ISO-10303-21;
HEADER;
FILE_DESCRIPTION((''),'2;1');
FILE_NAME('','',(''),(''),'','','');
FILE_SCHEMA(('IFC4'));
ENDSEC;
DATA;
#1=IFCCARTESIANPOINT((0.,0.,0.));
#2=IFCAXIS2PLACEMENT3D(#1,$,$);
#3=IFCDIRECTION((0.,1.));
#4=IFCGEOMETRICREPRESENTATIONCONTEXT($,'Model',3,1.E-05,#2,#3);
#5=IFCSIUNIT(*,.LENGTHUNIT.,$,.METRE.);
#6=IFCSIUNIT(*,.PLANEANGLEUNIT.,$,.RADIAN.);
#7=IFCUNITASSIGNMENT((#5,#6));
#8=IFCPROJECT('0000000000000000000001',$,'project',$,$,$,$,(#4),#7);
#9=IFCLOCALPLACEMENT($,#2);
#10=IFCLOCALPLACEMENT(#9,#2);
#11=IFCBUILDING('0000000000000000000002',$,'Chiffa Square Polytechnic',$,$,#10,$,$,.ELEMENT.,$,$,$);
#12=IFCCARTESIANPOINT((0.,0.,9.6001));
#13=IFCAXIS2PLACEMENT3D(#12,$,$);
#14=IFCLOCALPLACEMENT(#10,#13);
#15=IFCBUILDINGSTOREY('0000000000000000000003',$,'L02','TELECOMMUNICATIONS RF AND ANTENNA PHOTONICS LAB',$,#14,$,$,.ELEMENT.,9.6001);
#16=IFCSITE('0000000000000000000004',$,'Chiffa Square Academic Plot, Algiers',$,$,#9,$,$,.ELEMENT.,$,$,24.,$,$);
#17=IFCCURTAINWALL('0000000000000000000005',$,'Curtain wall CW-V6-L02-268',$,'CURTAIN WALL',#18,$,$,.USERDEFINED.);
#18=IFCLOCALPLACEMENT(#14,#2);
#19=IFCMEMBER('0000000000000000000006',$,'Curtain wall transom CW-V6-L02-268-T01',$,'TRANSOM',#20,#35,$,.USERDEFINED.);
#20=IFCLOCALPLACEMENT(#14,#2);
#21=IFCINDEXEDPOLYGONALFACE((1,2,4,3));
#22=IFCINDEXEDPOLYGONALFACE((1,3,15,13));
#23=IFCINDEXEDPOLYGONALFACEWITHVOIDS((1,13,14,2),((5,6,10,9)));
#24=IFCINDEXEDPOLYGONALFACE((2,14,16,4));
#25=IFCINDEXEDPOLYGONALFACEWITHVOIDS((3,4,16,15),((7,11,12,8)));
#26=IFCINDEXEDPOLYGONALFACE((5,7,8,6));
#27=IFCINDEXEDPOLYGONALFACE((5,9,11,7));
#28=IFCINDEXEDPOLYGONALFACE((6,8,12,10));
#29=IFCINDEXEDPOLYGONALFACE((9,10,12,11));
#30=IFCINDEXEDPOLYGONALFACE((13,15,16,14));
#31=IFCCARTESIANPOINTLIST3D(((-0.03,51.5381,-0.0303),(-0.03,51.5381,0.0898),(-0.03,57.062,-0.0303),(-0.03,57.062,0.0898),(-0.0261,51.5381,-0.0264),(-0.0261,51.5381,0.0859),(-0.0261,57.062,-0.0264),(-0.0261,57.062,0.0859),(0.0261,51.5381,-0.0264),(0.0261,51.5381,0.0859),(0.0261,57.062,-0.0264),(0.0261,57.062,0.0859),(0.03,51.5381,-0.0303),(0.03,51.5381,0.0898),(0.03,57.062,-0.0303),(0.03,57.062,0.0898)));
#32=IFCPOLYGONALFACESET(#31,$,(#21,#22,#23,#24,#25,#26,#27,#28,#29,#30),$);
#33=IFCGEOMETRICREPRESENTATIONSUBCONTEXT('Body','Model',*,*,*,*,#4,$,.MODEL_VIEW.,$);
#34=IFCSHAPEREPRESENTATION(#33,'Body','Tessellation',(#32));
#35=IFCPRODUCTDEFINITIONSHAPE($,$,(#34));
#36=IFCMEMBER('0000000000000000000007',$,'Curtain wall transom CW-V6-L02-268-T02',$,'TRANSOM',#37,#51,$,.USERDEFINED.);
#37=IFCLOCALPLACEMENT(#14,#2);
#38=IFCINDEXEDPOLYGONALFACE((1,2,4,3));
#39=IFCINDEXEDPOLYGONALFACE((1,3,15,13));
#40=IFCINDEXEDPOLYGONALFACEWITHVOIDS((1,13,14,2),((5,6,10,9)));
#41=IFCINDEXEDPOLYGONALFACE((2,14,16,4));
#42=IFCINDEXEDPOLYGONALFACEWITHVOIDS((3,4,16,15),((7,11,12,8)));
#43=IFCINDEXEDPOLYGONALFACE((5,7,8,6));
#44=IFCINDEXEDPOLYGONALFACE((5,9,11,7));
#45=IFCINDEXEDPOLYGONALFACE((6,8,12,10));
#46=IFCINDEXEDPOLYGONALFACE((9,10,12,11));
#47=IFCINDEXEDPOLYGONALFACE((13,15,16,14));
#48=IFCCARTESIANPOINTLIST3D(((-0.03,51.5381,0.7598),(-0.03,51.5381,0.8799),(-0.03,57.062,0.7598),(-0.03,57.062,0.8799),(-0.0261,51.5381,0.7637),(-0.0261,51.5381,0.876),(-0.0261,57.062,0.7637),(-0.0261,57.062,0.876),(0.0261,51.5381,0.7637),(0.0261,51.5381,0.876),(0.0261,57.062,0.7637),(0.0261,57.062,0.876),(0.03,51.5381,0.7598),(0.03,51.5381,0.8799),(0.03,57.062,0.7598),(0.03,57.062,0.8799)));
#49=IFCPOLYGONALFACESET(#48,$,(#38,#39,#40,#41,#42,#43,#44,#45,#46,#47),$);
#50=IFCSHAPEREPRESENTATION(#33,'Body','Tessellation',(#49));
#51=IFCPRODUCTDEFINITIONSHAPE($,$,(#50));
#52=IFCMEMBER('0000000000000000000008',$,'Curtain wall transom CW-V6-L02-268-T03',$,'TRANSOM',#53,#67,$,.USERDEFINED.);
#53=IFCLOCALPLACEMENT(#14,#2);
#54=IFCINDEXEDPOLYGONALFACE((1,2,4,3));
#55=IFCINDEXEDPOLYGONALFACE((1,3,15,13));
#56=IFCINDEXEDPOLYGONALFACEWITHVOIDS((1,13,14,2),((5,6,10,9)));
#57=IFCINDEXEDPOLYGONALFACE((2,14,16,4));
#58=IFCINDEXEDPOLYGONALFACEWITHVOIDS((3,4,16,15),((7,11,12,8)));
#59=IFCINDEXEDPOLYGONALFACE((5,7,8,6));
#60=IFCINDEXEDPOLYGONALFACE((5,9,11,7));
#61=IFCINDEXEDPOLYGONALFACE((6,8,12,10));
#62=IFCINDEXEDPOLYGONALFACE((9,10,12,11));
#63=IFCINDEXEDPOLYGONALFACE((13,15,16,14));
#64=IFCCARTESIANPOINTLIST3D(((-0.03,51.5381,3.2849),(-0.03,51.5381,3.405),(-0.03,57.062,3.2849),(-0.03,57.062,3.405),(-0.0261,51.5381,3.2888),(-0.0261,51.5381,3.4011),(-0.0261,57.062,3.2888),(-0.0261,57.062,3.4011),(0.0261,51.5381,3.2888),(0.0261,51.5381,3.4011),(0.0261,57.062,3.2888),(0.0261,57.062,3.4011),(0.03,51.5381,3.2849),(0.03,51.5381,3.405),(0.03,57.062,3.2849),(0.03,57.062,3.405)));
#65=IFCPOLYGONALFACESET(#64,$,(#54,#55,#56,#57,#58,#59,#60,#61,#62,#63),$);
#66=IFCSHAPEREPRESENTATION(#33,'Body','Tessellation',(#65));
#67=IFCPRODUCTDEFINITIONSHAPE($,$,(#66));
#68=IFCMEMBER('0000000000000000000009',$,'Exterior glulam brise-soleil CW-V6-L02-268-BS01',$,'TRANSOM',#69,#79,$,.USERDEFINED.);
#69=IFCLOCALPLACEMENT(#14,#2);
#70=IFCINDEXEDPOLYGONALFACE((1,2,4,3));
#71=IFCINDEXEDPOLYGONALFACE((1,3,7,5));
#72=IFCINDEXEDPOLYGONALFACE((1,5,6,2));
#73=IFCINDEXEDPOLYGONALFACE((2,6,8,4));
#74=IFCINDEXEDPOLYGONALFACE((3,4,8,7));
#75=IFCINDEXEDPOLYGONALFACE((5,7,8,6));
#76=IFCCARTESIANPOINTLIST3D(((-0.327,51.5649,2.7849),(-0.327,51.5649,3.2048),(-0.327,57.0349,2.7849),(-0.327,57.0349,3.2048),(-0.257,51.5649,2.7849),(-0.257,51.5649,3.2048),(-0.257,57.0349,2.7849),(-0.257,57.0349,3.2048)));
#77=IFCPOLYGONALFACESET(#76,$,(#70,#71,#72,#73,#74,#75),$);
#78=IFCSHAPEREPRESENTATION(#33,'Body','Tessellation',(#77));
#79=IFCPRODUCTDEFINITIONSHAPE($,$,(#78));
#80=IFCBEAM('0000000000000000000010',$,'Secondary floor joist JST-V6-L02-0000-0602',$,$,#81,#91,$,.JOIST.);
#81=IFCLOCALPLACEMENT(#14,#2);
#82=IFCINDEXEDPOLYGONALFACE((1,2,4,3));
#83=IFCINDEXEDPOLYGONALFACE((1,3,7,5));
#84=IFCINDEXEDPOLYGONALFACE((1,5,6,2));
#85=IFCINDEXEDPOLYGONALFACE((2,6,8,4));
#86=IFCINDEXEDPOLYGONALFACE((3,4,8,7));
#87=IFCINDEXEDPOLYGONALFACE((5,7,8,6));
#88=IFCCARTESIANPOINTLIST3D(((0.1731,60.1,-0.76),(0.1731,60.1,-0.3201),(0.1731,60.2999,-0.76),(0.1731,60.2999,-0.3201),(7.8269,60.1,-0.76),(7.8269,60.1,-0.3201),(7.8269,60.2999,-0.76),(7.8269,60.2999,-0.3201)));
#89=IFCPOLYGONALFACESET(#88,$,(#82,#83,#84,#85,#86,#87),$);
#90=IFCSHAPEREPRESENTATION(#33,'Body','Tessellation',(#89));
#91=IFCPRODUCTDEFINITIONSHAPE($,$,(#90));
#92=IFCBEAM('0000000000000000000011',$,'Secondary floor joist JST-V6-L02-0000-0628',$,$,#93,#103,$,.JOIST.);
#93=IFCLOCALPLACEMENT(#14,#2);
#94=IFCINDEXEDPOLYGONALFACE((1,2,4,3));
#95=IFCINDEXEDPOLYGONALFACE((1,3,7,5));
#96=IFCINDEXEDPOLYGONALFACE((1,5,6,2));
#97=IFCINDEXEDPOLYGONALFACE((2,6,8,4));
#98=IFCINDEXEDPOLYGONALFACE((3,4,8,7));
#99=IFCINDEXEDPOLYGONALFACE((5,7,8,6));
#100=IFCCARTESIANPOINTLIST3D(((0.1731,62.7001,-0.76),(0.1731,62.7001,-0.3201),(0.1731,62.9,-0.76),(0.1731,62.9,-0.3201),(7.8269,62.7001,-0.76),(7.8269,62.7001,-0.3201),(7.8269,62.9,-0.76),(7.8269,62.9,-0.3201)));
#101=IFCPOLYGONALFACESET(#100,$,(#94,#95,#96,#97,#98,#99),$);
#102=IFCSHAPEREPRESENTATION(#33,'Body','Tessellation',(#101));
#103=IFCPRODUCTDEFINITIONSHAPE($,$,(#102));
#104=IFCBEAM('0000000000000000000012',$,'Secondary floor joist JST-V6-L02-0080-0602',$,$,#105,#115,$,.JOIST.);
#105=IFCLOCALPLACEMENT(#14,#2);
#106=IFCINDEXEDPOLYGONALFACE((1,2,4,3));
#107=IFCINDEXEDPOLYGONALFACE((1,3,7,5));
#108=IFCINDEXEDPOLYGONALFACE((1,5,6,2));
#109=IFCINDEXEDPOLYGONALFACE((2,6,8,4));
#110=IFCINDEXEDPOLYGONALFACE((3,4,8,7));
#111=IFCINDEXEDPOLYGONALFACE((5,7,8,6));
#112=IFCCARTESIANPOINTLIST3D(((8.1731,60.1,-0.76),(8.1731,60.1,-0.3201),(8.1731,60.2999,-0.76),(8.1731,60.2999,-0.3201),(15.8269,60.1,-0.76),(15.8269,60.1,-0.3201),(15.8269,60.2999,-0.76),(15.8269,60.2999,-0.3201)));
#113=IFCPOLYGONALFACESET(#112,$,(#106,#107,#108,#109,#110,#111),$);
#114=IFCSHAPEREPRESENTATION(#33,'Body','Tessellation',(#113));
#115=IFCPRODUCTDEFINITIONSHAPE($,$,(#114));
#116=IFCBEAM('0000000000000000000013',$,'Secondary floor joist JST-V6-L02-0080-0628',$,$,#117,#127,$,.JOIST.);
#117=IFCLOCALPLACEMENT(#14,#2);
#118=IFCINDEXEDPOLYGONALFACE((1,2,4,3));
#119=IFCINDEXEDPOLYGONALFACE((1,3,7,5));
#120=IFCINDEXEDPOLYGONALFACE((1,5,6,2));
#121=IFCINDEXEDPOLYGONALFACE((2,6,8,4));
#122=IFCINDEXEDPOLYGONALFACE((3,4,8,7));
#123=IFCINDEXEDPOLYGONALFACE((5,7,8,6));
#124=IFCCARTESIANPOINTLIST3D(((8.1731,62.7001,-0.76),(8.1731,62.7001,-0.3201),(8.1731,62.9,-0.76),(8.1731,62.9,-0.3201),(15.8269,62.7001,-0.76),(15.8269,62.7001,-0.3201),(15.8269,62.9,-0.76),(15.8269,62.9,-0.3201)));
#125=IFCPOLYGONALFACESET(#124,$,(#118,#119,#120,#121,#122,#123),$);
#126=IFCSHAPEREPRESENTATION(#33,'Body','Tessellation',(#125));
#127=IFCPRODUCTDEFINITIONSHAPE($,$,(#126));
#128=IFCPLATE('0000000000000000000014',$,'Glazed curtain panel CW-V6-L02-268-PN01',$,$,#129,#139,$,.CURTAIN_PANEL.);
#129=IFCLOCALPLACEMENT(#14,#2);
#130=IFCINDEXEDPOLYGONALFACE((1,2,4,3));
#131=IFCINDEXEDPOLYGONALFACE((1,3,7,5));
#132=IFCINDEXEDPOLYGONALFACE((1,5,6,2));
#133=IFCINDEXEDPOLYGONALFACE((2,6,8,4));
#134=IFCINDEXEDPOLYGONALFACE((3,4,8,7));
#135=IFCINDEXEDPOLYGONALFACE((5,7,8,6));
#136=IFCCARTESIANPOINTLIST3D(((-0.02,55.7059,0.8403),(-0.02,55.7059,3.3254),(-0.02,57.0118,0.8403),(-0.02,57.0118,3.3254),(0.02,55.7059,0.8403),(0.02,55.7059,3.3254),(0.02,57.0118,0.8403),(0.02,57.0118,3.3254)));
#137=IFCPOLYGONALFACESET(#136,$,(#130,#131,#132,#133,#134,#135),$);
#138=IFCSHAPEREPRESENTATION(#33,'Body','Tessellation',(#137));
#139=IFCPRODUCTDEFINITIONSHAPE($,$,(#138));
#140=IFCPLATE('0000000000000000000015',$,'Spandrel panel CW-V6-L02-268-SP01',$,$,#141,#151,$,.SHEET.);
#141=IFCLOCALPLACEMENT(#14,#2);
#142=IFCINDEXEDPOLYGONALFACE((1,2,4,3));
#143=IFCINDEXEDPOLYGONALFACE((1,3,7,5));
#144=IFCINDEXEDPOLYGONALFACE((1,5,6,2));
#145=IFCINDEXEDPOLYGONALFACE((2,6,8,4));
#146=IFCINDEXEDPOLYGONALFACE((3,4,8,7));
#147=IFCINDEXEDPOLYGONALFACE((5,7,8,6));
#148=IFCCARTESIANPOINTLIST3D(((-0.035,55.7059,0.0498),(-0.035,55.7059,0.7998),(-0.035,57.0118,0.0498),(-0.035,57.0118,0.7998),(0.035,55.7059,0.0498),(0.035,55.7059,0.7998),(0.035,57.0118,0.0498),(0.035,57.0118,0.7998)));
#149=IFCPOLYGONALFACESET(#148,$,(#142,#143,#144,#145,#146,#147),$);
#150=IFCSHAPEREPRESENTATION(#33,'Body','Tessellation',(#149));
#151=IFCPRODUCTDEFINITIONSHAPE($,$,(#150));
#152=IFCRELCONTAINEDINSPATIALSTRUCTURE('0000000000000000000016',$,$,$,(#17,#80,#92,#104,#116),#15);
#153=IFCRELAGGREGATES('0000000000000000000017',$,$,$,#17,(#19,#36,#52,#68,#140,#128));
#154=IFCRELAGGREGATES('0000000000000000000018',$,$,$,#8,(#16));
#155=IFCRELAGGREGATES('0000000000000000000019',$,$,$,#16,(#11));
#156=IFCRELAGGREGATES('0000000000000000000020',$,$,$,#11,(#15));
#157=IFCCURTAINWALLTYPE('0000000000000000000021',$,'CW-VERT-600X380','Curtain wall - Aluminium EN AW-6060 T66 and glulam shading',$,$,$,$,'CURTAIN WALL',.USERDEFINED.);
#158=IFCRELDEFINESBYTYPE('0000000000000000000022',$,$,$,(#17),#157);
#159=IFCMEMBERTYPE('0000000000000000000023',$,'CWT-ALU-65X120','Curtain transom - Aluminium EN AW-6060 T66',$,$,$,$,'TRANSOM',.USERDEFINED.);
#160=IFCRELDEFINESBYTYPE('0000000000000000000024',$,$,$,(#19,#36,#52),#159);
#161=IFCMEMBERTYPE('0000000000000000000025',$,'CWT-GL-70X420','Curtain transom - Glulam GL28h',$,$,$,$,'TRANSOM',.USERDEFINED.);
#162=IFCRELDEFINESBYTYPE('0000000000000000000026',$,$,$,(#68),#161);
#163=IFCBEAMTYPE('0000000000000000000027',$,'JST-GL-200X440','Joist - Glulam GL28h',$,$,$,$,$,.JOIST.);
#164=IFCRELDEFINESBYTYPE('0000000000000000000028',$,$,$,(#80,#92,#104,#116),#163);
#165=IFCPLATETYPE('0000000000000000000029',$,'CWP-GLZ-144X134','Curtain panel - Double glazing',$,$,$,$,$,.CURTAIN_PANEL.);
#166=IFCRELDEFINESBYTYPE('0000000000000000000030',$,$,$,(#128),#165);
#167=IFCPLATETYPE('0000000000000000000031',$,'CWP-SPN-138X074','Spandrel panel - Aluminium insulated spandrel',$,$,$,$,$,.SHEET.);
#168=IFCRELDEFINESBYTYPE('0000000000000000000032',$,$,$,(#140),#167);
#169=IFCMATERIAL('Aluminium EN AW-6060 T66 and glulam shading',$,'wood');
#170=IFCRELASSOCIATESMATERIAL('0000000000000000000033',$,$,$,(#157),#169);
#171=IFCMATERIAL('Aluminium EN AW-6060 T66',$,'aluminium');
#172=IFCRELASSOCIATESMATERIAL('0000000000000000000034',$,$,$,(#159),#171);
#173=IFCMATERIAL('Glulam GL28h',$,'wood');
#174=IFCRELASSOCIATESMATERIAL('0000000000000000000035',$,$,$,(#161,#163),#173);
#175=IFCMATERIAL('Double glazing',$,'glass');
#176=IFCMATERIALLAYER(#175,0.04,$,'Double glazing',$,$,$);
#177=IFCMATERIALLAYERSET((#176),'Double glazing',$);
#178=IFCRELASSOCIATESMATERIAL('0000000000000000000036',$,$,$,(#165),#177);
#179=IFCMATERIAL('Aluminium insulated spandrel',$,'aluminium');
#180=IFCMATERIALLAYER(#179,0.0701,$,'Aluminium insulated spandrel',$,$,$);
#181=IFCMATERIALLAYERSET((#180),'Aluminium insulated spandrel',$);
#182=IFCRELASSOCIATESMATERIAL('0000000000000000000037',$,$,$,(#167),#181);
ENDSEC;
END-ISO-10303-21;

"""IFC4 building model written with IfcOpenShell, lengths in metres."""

from ifc_helpers import new_model, si_unit, direction, frame, origin, origin_2d, place, context, subcontext, project, spatial, rectangle, hollow_rectangle, extrude, material, layer, layer_set, material_profile, profile_set, type_object, element, aggregate, save


model = new_model("IFC4")

# Units and contexts
model_context = context("Model", 3, precision=1e-05, world=origin(), true_north=direction((0.0, 1.0)))
body_context = subcontext(model_context, "Body", "Model", "MODEL_VIEW")
ifc_project = project(units=[si_unit("LENGTHUNIT", "METRE"), si_unit("PLANEANGLEUNIT", "RADIAN")], contexts=[model_context])

# Site, building, storey
site_placement = place(None, origin())
site = spatial("IfcSite", under=ifc_project, at=site_placement, Name="Chiffa Square Academic Plot, Algiers", CompositionType="ELEMENT", RefElevation=24.0)
building_placement = place(site_placement, origin())
building = spatial("IfcBuilding", under=site, at=building_placement, Name="Chiffa Square Polytechnic", CompositionType="ELEMENT")
storey_placement = place(building_placement, frame((0.0, 0.0, 9.6001)))
storey = spatial("IfcBuildingStorey", under=building, at=storey_placement, Name="L02", Description="TELECOMMUNICATIONS RF AND ANTENNA PHOTONICS LAB", CompositionType="ELEMENT", Elevation=9.6001)

# Curtain wall, members
ifc_material_1 = material(Name="Aluminium EN AW-6060 T66 and glulam shading", Category="wood")
curtain_wall_type = type_object("IfcCurtainWallType", Name="CW-VERT-600X380", Description="Curtain wall - Aluminium EN AW-6060 T66 and glulam shading", ElementType="CURTAIN WALL", PredefinedType="USERDEFINED", material=ifc_material_1)
curtain_wall_placement = place(storey_placement, origin())
curtain_wall = element("IfcCurtainWall", 1, at=curtain_wall_placement, inside=storey, type_object=curtain_wall_type, Name="Curtain wall CW-V6-L02-268", ObjectType="CURTAIN WALL", PredefinedType="USERDEFINED")
ifc_material_2 = material(Name="Aluminium EN AW-6060 T66", Category="aluminium")
ifc_material_3 = material(Name="Glulam GL28h", Category="wood")
ifc_material_profile_1 = material_profile(ifc_material_2, hollow_rectangle(XDim=0.0601, YDim=0.1201, WallThickness=0.0039, at=origin_2d()), Name="ALU 60x120x4")
ifc_profile_set_1 = profile_set([ifc_material_profile_1], Name="Aluminium EN AW-6060 T66")
member_type_1 = type_object("IfcMemberType", Name="CWT-ALU-65X120", Description="Curtain transom - Aluminium EN AW-6060 T66", ElementType="TRANSOM", PredefinedType="USERDEFINED", material=ifc_profile_set_1)
member_1_placement = place(storey_placement, frame((0.0, 57.062, 0.0298), z_axis=(0.0, -1.0, 0.0), x_axis=(1.0, 0.0, 0.0)))
member_1 = element("IfcMember", 2, at=member_1_placement, type_object=member_type_1, Name="Curtain wall transom CW-V6-L02-268-T01", ObjectType="TRANSOM", PredefinedType="USERDEFINED", context=body_context, shape_type="SweptSolid", body=[
    extrude(hollow_rectangle(XDim=0.0601, YDim=0.1201, WallThickness=0.0039, at=origin_2d()), origin(), (0.0, 0.0, 1.0), 5.5239),
])
member_2_placement = place(storey_placement, frame((0.0, 57.062, 0.8198), z_axis=(0.0, -1.0, 0.0), x_axis=(1.0, 0.0, 0.0)))
member_2 = element("IfcMember", 3, at=member_2_placement, type_object=member_type_1, Name="Curtain wall transom CW-V6-L02-268-T02", ObjectType="TRANSOM", PredefinedType="USERDEFINED", context=body_context, shape_type="SweptSolid", body=[
    extrude(hollow_rectangle(XDim=0.0601, YDim=0.1201, WallThickness=0.0039, at=origin_2d()), origin(), (0.0, 0.0, 1.0), 5.5239),
])
member_3_placement = place(storey_placement, frame((0.0, 57.062, 3.345), z_axis=(0.0, -1.0, 0.0), x_axis=(1.0, 0.0, 0.0)))
member_3 = element("IfcMember", 4, at=member_3_placement, type_object=member_type_1, Name="Curtain wall transom CW-V6-L02-268-T03", ObjectType="TRANSOM", PredefinedType="USERDEFINED", context=body_context, shape_type="SweptSolid", body=[
    extrude(hollow_rectangle(XDim=0.0601, YDim=0.1201, WallThickness=0.0039, at=origin_2d()), origin(), (0.0, 0.0, 1.0), 5.5239),
])
ifc_material_profile_2 = material_profile(ifc_material_3, rectangle(XDim=0.0701, YDim=0.4199, at=origin_2d()), Name="GL28h 70x420")
ifc_profile_set_2 = profile_set([ifc_material_profile_2], Name="Glulam GL28h")
member_type_2 = type_object("IfcMemberType", Name="CWT-GL-70X420", Description="Curtain transom - Glulam GL28h", ElementType="TRANSOM", PredefinedType="USERDEFINED", material=ifc_profile_set_2)
member_4_placement = place(storey_placement, frame((-0.292, 57.0349, 2.9949), z_axis=(0.0, -1.0, 0.0), x_axis=(1.0, 0.0, 0.0)))
member_4 = element("IfcMember", 5, at=member_4_placement, type_object=member_type_2, Name="Exterior glulam brise-soleil CW-V6-L02-268-BS01", ObjectType="TRANSOM", PredefinedType="USERDEFINED", context=body_context, shape_type="SweptSolid", body=[
    extrude(rectangle(XDim=0.0701, YDim=0.4199, at=origin_2d()), origin(), (0.0, 0.0, 1.0), 5.47),
])

# Beams
ifc_material_profile_3 = material_profile(ifc_material_3, rectangle(XDim=0.2, YDim=0.4399, at=origin_2d()), Name="GL28h 200x440")
ifc_profile_set_3 = profile_set([ifc_material_profile_3], Name="Glulam GL28h")
beam_type_1 = type_object("IfcBeamType", Name="JST-GL-200X440", Description="Joist - Glulam GL28h", PredefinedType="JOIST", material=ifc_profile_set_3)
for number, where, z_axis, x_axis, name in (
    (6, (0.1731, 60.2, -0.54), (1.0, 0.0, 0.0), (0.0, 1.0, 0.0), "Secondary floor joist JST-V6-L02-0000-0602"),
    (7, (0.1731, 62.8, -0.54), (1.0, 0.0, 0.0), (0.0, 1.0, 0.0), "Secondary floor joist JST-V6-L02-0000-0628"),
    (8, (8.1731, 60.2, -0.54), (1.0, 0.0, 0.0), (0.0, 1.0, 0.0), "Secondary floor joist JST-V6-L02-0080-0602"),
    (9, (8.1731, 62.8, -0.54), (1.0, 0.0, 0.0), (0.0, 1.0, 0.0), "Secondary floor joist JST-V6-L02-0080-0628"),
):
    element("IfcBeam", number, at=place(storey_placement, frame(where, z_axis=z_axis, x_axis=x_axis)), inside=storey, type_object=beam_type_1, Name=name, PredefinedType="JOIST", context=body_context, shape_type="SweptSolid", body=[
        extrude(rectangle(XDim=0.2, YDim=0.4399, at=origin_2d()), origin(), (0.0, 0.0, 1.0), 7.6538),
    ])

# Plates
ifc_material_4 = material(Name="Double glazing", Category="glass")
ifc_layer_1 = layer(ifc_material_4, 0.04, Name="Double glazing")
ifc_layer_set_1 = layer_set([ifc_layer_1], Name="Double glazing")
plate_type_1 = type_object("IfcPlateType", Name="CWP-GLZ-144X134", Description="Curtain panel - Double glazing", PredefinedType="CURTAIN_PANEL", material=ifc_layer_set_1)
plate_1_placement = place(storey_placement, frame((0.0, 56.3589, 0.8403), z_axis=(0.0, 0.0, 1.0), x_axis=(0.0, -1.0, 0.0)))
plate_1 = element("IfcPlate", 10, at=plate_1_placement, type_object=plate_type_1, Name="Glazed curtain panel CW-V6-L02-268-PN01", PredefinedType="CURTAIN_PANEL", context=body_context, shape_type="SweptSolid", body=[
    extrude(rectangle(XDim=1.3059, YDim=0.04, at=origin_2d()), origin(), (0.0, 0.0, 1.0), 2.4851),
])
ifc_material_5 = material(Name="Aluminium insulated spandrel", Category="aluminium")
ifc_layer_2 = layer(ifc_material_5, 0.0701, Name="Aluminium insulated spandrel")
ifc_layer_set_2 = layer_set([ifc_layer_2], Name="Aluminium insulated spandrel")
plate_type_2 = type_object("IfcPlateType", Name="CWP-SPN-138X074", Description="Spandrel panel - Aluminium insulated spandrel", PredefinedType="SHEET", material=ifc_layer_set_2)
plate_2_placement = place(storey_placement, frame((0.0, 56.3589, 0.0498), z_axis=(0.0, 0.0, 1.0), x_axis=(0.0, -1.0, 0.0)))
plate_2 = element("IfcPlate", 11, at=plate_2_placement, type_object=plate_type_2, Name="Spandrel panel CW-V6-L02-268-SP01", PredefinedType="SHEET", context=body_context, shape_type="SweptSolid", body=[
    extrude(rectangle(XDim=1.3059, YDim=0.0701, at=origin_2d()), origin(), (0.0, 0.0, 1.0), 0.75),
])
aggregate(curtain_wall, [member_1, member_2, member_3, member_4, plate_2, plate_1])

save(model, "model.ifc")
